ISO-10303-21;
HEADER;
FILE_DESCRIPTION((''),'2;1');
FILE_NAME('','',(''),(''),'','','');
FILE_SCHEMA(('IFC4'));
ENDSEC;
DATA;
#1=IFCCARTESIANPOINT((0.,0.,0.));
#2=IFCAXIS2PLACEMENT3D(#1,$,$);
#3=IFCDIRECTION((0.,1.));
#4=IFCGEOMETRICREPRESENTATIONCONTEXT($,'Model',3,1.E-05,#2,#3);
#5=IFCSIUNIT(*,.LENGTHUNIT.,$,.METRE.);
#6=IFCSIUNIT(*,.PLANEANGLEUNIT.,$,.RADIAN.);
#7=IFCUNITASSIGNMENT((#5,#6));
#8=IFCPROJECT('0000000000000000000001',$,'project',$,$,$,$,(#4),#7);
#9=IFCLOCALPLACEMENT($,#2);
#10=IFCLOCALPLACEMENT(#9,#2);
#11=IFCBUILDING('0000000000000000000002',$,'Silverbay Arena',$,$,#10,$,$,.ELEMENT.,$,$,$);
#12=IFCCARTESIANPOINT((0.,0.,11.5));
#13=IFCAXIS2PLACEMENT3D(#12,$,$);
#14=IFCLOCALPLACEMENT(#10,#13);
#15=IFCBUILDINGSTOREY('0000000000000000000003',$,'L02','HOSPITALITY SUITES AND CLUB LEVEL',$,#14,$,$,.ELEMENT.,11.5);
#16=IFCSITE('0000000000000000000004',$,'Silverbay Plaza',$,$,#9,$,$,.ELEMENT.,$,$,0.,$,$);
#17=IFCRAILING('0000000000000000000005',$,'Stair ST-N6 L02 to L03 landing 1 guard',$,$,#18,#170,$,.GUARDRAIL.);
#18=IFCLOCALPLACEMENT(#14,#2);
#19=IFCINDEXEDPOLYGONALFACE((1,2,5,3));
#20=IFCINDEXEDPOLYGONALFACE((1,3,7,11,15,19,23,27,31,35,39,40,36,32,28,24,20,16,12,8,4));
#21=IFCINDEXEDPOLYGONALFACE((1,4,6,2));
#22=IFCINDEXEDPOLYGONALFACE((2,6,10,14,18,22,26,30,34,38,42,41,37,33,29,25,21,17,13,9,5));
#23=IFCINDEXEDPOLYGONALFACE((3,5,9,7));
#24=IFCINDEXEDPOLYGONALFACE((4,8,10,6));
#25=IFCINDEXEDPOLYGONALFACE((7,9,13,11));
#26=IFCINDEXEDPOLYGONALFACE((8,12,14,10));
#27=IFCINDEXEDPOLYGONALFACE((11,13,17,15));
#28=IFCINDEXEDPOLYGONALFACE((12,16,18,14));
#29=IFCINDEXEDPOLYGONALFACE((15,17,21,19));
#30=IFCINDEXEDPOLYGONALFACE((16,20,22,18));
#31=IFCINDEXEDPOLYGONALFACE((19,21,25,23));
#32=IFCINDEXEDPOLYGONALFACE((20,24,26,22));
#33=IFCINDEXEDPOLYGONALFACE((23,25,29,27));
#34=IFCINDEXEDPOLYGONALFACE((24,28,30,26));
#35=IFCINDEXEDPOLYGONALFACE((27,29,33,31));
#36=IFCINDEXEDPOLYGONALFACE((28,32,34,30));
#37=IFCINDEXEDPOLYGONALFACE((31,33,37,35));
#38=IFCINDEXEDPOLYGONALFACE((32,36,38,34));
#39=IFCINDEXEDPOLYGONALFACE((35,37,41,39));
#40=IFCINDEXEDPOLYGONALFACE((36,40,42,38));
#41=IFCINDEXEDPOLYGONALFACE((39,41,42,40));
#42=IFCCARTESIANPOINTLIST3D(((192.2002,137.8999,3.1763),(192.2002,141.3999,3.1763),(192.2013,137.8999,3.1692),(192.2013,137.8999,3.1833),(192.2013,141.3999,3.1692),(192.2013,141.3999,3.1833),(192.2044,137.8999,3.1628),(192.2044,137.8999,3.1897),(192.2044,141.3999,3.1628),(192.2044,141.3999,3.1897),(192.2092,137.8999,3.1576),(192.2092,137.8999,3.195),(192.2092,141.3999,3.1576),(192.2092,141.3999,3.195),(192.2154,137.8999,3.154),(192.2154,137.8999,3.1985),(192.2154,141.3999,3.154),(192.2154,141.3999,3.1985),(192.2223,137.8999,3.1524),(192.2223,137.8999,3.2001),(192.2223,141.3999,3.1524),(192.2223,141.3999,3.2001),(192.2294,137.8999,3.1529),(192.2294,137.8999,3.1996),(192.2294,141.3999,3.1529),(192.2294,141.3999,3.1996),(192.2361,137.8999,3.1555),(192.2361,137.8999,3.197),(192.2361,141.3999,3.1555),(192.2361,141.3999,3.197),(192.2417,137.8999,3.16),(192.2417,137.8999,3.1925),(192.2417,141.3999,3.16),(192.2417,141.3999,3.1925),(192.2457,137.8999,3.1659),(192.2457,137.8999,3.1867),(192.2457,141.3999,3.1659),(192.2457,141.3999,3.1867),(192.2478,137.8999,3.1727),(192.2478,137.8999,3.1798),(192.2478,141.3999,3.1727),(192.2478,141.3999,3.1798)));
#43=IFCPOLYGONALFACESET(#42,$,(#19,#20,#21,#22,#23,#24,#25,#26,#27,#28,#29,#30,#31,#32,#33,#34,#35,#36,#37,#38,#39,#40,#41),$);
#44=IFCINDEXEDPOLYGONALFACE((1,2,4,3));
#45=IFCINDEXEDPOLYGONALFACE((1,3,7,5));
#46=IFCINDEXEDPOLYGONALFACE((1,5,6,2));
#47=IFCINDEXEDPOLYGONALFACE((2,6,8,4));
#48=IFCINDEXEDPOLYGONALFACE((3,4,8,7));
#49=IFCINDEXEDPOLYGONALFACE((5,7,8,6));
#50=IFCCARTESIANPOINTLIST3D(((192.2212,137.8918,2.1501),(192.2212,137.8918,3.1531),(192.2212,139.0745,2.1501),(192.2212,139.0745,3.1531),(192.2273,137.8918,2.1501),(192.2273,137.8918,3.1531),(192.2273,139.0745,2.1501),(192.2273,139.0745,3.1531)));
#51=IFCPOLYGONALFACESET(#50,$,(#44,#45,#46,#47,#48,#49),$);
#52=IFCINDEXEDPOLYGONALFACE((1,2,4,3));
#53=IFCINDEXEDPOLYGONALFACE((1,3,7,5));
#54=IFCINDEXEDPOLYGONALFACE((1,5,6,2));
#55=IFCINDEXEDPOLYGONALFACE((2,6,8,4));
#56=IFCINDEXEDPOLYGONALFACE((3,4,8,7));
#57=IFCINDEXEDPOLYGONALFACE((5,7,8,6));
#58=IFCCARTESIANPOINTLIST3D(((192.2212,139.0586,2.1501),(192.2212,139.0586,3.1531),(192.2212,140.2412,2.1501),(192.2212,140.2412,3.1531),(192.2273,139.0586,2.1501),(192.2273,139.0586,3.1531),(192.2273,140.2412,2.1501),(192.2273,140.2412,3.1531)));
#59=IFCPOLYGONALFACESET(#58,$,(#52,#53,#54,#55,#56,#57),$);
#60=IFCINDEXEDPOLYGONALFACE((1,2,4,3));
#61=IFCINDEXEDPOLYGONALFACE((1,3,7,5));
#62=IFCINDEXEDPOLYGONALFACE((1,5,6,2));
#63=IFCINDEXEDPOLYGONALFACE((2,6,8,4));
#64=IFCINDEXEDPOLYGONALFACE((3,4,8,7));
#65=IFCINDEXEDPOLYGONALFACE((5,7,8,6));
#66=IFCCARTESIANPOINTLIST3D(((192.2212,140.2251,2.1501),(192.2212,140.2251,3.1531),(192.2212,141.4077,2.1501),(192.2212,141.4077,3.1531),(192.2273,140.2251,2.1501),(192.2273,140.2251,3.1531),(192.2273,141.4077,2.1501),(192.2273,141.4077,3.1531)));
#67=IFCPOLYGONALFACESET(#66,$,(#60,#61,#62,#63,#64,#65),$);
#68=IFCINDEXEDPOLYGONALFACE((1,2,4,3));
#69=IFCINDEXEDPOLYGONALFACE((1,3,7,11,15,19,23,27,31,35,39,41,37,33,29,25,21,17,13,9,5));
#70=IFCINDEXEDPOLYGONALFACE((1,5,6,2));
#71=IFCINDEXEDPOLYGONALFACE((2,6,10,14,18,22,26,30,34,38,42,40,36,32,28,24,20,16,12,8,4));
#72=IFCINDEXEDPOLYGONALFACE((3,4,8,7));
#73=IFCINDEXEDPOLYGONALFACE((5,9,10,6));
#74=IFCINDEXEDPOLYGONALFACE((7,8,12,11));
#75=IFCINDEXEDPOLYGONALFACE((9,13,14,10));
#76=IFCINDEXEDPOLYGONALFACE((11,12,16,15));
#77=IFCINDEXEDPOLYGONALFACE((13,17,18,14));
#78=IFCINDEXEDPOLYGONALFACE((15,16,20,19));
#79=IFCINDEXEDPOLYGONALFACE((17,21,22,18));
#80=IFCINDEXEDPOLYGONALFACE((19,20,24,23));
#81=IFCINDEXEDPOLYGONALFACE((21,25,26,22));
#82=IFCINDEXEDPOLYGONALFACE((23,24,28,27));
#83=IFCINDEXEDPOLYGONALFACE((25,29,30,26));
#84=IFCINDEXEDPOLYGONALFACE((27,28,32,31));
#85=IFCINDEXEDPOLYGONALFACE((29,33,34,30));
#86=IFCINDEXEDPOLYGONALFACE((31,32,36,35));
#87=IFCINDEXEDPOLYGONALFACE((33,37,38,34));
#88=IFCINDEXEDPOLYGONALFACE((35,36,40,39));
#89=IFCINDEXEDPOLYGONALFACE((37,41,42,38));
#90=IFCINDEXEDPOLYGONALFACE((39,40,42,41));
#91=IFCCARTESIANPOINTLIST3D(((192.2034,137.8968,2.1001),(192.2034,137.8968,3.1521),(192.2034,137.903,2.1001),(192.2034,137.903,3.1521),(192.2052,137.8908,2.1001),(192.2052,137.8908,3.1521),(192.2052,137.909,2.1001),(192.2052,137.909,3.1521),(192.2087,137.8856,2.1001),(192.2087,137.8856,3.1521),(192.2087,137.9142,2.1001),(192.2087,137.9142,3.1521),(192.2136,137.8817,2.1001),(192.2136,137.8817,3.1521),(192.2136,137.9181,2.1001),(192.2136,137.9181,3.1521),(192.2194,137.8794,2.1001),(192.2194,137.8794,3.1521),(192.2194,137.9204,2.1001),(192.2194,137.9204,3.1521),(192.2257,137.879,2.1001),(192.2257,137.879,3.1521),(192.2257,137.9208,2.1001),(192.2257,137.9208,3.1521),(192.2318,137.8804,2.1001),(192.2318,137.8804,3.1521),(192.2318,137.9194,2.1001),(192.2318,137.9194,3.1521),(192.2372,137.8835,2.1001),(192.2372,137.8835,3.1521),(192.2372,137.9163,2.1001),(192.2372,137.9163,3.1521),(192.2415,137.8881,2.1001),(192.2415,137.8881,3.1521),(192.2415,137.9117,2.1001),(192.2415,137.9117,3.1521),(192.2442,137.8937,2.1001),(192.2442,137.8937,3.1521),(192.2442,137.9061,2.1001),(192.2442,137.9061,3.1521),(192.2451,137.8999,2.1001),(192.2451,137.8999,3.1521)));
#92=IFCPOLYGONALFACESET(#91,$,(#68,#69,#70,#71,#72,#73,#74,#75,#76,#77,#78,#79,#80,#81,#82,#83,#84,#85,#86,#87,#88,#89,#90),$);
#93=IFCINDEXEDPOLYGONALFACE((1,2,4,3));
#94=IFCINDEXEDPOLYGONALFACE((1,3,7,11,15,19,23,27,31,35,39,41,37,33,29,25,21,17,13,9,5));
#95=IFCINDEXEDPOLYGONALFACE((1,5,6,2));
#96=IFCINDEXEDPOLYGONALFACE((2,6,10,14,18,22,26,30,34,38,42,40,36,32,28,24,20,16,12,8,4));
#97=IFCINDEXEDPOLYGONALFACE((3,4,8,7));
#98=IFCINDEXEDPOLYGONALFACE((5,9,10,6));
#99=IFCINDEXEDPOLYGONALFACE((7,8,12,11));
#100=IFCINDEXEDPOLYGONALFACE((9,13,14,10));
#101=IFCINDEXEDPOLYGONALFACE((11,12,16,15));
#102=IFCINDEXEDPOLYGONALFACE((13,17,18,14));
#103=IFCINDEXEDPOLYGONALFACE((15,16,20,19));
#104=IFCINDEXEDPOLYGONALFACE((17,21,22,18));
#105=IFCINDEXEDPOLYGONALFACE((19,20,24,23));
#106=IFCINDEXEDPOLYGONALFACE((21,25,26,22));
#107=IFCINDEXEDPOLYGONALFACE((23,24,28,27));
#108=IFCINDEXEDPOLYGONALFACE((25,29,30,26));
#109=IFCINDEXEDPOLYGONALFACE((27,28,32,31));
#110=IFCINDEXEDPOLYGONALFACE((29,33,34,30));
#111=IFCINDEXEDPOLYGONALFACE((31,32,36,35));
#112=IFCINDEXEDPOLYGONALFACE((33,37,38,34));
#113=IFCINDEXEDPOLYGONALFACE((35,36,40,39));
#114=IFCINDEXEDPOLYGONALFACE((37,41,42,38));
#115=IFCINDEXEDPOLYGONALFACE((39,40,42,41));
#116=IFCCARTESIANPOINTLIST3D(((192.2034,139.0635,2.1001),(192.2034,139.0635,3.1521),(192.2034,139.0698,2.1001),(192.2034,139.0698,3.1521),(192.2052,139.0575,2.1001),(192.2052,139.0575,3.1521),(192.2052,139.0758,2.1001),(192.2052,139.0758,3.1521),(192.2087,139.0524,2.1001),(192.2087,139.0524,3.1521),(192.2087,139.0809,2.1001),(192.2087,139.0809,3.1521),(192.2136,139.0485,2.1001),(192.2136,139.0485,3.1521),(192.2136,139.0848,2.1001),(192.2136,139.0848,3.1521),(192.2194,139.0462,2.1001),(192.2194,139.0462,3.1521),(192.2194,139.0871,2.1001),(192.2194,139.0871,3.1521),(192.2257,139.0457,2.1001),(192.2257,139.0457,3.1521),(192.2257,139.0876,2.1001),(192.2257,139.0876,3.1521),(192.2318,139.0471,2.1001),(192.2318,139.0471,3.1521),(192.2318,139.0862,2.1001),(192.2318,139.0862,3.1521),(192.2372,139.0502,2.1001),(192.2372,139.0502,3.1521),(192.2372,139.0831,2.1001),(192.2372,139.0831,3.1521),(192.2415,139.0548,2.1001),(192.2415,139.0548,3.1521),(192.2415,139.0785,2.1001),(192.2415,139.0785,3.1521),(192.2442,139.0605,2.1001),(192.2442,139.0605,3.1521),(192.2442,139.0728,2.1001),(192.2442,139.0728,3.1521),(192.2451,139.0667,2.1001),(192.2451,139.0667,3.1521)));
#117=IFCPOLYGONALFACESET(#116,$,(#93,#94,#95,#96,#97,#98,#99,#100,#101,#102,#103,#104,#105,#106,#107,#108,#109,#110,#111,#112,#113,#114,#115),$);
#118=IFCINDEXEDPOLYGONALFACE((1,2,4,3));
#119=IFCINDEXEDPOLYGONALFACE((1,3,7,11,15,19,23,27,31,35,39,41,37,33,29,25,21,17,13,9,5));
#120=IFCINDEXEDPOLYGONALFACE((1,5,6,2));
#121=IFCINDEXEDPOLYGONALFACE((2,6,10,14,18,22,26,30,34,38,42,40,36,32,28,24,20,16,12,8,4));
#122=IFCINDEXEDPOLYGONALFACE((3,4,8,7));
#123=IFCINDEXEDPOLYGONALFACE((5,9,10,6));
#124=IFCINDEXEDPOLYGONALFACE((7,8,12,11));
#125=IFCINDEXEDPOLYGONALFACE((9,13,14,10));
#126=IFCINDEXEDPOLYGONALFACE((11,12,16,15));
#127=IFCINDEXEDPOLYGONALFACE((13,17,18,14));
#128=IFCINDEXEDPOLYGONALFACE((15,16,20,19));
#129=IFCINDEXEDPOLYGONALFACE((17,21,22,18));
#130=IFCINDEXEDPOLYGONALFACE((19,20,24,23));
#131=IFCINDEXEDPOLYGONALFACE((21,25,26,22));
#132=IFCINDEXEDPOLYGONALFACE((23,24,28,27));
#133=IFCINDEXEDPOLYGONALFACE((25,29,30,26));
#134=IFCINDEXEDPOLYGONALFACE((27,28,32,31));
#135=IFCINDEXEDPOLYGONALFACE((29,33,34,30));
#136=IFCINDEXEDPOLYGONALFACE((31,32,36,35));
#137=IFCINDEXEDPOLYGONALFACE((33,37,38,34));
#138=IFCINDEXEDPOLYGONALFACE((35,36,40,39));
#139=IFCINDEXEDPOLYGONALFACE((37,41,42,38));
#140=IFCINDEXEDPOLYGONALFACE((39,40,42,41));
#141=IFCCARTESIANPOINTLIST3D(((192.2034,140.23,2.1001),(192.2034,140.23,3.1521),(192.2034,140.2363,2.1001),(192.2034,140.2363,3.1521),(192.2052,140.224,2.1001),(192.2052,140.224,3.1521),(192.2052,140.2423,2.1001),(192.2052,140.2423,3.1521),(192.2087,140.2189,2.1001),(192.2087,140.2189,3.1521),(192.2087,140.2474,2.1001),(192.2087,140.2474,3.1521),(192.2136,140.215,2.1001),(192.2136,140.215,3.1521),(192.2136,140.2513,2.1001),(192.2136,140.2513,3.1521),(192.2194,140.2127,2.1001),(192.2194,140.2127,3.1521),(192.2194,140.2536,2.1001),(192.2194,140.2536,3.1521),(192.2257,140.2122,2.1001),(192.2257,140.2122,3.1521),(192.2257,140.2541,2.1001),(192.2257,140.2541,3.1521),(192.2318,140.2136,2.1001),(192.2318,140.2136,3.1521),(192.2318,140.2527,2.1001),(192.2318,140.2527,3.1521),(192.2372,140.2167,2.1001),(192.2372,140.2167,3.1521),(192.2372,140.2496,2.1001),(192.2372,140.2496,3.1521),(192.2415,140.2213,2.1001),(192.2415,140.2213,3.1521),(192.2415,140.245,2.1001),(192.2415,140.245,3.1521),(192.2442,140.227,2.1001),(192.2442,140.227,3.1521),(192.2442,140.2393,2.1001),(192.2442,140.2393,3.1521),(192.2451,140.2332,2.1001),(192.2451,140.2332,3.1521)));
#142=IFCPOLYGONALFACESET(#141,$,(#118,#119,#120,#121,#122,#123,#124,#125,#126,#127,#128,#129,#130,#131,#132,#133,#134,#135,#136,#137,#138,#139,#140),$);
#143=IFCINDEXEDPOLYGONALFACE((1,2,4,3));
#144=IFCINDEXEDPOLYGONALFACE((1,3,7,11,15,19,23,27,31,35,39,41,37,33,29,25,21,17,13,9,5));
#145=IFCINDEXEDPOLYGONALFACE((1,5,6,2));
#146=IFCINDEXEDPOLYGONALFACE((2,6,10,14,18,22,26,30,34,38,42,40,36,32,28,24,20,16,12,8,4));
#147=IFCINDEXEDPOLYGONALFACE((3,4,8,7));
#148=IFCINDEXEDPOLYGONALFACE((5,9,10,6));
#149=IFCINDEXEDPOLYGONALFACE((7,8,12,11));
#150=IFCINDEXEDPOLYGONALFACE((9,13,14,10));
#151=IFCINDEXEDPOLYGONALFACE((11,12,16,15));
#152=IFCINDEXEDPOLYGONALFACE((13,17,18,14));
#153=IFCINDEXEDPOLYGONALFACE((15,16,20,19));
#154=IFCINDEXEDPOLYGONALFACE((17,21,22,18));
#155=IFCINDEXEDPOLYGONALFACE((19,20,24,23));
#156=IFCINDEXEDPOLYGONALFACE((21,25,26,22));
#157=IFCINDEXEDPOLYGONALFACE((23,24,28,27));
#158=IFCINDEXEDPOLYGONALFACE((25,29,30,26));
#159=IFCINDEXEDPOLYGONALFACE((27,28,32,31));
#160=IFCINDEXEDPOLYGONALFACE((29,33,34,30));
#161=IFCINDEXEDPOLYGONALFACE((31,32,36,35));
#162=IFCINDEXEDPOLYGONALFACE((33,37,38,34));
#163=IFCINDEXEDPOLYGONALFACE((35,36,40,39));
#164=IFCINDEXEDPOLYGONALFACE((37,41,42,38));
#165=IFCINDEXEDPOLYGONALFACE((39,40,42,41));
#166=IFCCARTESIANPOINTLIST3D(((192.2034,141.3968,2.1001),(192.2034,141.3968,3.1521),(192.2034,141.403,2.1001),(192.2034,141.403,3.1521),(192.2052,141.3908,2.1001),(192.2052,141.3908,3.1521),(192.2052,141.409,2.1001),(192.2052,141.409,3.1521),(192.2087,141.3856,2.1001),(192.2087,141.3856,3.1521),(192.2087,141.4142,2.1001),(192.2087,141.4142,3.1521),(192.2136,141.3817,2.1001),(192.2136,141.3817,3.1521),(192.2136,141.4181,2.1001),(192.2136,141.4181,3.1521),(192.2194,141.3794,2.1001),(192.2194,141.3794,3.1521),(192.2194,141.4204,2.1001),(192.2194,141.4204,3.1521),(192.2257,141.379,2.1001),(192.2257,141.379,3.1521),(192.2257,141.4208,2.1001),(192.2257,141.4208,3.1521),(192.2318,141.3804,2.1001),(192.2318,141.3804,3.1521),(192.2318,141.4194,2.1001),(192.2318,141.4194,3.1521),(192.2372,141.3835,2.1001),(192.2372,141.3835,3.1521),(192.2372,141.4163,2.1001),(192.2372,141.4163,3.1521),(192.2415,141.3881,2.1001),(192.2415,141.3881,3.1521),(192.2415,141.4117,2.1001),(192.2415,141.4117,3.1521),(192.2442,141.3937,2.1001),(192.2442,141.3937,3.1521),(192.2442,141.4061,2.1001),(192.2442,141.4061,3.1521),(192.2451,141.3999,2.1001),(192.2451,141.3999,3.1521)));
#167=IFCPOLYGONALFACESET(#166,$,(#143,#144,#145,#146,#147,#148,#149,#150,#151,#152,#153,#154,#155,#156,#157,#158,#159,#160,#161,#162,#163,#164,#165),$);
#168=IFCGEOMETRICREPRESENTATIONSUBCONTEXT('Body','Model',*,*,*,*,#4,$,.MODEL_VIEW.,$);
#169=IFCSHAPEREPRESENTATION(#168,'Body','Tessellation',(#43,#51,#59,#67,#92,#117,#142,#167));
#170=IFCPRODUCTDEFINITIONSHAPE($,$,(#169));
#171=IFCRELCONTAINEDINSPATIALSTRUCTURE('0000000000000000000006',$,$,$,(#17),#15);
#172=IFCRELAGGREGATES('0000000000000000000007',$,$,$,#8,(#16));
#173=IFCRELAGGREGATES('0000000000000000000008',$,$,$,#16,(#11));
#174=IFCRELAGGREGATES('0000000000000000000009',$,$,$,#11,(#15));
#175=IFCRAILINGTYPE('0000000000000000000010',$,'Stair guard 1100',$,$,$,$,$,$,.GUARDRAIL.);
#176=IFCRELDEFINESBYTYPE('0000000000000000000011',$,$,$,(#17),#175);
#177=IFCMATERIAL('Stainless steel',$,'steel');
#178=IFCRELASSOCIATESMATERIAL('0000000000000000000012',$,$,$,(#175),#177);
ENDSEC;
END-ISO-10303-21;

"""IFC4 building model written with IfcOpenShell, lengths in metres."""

from ifc_helpers import new_model, si_unit, direction, frame, origin, origin_2d, place, context, subcontext, project, spatial, polyline, circle, outline, extrude, material, type_object, element, save


model = new_model("IFC4")

# Units and contexts
model_context = context("Model", 3, precision=1e-05, world=origin(), true_north=direction((0.0, 1.0)))
body_context = subcontext(model_context, "Body", "Model", "MODEL_VIEW")
ifc_project = project(units=[si_unit("LENGTHUNIT", "METRE"), si_unit("PLANEANGLEUNIT", "RADIAN")], contexts=[model_context])

# Site, building, storey
site_placement = place(None, origin())
site = spatial("IfcSite", under=ifc_project, at=site_placement, Name="Silverbay Plaza", CompositionType="ELEMENT", RefElevation=0.0)
building_placement = place(site_placement, origin())
building = spatial("IfcBuilding", under=site, at=building_placement, Name="Silverbay Arena", CompositionType="ELEMENT")
storey_placement = place(building_placement, frame((0.0, 0.0, 11.5)))
storey = spatial("IfcBuildingStorey", under=building, at=storey_placement, Name="L02", Description="HOSPITALITY SUITES AND CLUB LEVEL", CompositionType="ELEMENT", Elevation=11.5)

# Railing
ifc_material_1 = material(Name="Stainless steel", Category="steel")
railing_type_1 = type_object("IfcRailingType", Name="Stair guard 1100", PredefinedType="GUARDRAIL", material=ifc_material_1)
for number, where, name in (
    (1, (192.2241, 137.8999, 2.1001), "Stair ST-N6 L02 to L03 landing 1 guard"),
):
    element("IfcRailing", number, at=place(storey_placement, frame(where)), inside=storey, type_object=railing_type_1, Name=name, PredefinedType="GUARDRAIL", context=body_context, shape_type="SweptSolid", body=[
        extrude(circle(Radius=0.0239, at=origin_2d()), frame((0.0, 0.0, 1.0762), z_axis=(0.0, 1.0, 0.0), x_axis=(-1.0, 0.0, 0.0)), (0.0, 0.0, 1.0), 3.5),
        extrude(outline(polyline([(-0.0081, 0.05), (1.1746, 0.05), (1.1746, 1.053), (-0.0081, 1.053), (-0.0081, 0.05)])), frame((-0.0029, 0.0, 0.0), z_axis=(1.0, 0.0, 0.0), x_axis=(0.0, 1.0, 0.0)), (0.0, 0.0, 1.0), 0.0061),
        extrude(outline(polyline([(-0.0081, 0.05), (1.1746, 0.05), (1.1746, 1.053), (-0.0081, 1.053), (-0.0081, 0.05)])), frame((-0.0029, 1.1667, 0.0), z_axis=(1.0, 0.0, 0.0), x_axis=(0.0, 1.0, 0.0)), (0.0, 0.0, 1.0), 0.0061),
        extrude(outline(polyline([(-0.0081, 0.05), (1.1746, 0.05), (1.1746, 1.053), (-0.0081, 1.053), (-0.0081, 0.05)])), frame((-0.0029, 2.3333, 0.0), z_axis=(1.0, 0.0, 0.0), x_axis=(0.0, 1.0, 0.0)), (0.0, 0.0, 1.0), 0.0061),
        extrude(circle(Radius=0.021, at=origin_2d()), origin(), (0.0, 0.0, 1.0), 1.052),
        extrude(circle(Radius=0.021, at=origin_2d()), frame((0.0, 1.1667, 0.0)), (0.0, 0.0, 1.0), 1.052),
        extrude(circle(Radius=0.021, at=origin_2d()), frame((0.0, 2.3333, 0.0)), (0.0, 0.0, 1.0), 1.052),
        extrude(circle(Radius=0.021, at=origin_2d()), frame((0.0, 3.5, 0.0)), (0.0, 0.0, 1.0), 1.052),
    ])

save(model, "model.ifc")
